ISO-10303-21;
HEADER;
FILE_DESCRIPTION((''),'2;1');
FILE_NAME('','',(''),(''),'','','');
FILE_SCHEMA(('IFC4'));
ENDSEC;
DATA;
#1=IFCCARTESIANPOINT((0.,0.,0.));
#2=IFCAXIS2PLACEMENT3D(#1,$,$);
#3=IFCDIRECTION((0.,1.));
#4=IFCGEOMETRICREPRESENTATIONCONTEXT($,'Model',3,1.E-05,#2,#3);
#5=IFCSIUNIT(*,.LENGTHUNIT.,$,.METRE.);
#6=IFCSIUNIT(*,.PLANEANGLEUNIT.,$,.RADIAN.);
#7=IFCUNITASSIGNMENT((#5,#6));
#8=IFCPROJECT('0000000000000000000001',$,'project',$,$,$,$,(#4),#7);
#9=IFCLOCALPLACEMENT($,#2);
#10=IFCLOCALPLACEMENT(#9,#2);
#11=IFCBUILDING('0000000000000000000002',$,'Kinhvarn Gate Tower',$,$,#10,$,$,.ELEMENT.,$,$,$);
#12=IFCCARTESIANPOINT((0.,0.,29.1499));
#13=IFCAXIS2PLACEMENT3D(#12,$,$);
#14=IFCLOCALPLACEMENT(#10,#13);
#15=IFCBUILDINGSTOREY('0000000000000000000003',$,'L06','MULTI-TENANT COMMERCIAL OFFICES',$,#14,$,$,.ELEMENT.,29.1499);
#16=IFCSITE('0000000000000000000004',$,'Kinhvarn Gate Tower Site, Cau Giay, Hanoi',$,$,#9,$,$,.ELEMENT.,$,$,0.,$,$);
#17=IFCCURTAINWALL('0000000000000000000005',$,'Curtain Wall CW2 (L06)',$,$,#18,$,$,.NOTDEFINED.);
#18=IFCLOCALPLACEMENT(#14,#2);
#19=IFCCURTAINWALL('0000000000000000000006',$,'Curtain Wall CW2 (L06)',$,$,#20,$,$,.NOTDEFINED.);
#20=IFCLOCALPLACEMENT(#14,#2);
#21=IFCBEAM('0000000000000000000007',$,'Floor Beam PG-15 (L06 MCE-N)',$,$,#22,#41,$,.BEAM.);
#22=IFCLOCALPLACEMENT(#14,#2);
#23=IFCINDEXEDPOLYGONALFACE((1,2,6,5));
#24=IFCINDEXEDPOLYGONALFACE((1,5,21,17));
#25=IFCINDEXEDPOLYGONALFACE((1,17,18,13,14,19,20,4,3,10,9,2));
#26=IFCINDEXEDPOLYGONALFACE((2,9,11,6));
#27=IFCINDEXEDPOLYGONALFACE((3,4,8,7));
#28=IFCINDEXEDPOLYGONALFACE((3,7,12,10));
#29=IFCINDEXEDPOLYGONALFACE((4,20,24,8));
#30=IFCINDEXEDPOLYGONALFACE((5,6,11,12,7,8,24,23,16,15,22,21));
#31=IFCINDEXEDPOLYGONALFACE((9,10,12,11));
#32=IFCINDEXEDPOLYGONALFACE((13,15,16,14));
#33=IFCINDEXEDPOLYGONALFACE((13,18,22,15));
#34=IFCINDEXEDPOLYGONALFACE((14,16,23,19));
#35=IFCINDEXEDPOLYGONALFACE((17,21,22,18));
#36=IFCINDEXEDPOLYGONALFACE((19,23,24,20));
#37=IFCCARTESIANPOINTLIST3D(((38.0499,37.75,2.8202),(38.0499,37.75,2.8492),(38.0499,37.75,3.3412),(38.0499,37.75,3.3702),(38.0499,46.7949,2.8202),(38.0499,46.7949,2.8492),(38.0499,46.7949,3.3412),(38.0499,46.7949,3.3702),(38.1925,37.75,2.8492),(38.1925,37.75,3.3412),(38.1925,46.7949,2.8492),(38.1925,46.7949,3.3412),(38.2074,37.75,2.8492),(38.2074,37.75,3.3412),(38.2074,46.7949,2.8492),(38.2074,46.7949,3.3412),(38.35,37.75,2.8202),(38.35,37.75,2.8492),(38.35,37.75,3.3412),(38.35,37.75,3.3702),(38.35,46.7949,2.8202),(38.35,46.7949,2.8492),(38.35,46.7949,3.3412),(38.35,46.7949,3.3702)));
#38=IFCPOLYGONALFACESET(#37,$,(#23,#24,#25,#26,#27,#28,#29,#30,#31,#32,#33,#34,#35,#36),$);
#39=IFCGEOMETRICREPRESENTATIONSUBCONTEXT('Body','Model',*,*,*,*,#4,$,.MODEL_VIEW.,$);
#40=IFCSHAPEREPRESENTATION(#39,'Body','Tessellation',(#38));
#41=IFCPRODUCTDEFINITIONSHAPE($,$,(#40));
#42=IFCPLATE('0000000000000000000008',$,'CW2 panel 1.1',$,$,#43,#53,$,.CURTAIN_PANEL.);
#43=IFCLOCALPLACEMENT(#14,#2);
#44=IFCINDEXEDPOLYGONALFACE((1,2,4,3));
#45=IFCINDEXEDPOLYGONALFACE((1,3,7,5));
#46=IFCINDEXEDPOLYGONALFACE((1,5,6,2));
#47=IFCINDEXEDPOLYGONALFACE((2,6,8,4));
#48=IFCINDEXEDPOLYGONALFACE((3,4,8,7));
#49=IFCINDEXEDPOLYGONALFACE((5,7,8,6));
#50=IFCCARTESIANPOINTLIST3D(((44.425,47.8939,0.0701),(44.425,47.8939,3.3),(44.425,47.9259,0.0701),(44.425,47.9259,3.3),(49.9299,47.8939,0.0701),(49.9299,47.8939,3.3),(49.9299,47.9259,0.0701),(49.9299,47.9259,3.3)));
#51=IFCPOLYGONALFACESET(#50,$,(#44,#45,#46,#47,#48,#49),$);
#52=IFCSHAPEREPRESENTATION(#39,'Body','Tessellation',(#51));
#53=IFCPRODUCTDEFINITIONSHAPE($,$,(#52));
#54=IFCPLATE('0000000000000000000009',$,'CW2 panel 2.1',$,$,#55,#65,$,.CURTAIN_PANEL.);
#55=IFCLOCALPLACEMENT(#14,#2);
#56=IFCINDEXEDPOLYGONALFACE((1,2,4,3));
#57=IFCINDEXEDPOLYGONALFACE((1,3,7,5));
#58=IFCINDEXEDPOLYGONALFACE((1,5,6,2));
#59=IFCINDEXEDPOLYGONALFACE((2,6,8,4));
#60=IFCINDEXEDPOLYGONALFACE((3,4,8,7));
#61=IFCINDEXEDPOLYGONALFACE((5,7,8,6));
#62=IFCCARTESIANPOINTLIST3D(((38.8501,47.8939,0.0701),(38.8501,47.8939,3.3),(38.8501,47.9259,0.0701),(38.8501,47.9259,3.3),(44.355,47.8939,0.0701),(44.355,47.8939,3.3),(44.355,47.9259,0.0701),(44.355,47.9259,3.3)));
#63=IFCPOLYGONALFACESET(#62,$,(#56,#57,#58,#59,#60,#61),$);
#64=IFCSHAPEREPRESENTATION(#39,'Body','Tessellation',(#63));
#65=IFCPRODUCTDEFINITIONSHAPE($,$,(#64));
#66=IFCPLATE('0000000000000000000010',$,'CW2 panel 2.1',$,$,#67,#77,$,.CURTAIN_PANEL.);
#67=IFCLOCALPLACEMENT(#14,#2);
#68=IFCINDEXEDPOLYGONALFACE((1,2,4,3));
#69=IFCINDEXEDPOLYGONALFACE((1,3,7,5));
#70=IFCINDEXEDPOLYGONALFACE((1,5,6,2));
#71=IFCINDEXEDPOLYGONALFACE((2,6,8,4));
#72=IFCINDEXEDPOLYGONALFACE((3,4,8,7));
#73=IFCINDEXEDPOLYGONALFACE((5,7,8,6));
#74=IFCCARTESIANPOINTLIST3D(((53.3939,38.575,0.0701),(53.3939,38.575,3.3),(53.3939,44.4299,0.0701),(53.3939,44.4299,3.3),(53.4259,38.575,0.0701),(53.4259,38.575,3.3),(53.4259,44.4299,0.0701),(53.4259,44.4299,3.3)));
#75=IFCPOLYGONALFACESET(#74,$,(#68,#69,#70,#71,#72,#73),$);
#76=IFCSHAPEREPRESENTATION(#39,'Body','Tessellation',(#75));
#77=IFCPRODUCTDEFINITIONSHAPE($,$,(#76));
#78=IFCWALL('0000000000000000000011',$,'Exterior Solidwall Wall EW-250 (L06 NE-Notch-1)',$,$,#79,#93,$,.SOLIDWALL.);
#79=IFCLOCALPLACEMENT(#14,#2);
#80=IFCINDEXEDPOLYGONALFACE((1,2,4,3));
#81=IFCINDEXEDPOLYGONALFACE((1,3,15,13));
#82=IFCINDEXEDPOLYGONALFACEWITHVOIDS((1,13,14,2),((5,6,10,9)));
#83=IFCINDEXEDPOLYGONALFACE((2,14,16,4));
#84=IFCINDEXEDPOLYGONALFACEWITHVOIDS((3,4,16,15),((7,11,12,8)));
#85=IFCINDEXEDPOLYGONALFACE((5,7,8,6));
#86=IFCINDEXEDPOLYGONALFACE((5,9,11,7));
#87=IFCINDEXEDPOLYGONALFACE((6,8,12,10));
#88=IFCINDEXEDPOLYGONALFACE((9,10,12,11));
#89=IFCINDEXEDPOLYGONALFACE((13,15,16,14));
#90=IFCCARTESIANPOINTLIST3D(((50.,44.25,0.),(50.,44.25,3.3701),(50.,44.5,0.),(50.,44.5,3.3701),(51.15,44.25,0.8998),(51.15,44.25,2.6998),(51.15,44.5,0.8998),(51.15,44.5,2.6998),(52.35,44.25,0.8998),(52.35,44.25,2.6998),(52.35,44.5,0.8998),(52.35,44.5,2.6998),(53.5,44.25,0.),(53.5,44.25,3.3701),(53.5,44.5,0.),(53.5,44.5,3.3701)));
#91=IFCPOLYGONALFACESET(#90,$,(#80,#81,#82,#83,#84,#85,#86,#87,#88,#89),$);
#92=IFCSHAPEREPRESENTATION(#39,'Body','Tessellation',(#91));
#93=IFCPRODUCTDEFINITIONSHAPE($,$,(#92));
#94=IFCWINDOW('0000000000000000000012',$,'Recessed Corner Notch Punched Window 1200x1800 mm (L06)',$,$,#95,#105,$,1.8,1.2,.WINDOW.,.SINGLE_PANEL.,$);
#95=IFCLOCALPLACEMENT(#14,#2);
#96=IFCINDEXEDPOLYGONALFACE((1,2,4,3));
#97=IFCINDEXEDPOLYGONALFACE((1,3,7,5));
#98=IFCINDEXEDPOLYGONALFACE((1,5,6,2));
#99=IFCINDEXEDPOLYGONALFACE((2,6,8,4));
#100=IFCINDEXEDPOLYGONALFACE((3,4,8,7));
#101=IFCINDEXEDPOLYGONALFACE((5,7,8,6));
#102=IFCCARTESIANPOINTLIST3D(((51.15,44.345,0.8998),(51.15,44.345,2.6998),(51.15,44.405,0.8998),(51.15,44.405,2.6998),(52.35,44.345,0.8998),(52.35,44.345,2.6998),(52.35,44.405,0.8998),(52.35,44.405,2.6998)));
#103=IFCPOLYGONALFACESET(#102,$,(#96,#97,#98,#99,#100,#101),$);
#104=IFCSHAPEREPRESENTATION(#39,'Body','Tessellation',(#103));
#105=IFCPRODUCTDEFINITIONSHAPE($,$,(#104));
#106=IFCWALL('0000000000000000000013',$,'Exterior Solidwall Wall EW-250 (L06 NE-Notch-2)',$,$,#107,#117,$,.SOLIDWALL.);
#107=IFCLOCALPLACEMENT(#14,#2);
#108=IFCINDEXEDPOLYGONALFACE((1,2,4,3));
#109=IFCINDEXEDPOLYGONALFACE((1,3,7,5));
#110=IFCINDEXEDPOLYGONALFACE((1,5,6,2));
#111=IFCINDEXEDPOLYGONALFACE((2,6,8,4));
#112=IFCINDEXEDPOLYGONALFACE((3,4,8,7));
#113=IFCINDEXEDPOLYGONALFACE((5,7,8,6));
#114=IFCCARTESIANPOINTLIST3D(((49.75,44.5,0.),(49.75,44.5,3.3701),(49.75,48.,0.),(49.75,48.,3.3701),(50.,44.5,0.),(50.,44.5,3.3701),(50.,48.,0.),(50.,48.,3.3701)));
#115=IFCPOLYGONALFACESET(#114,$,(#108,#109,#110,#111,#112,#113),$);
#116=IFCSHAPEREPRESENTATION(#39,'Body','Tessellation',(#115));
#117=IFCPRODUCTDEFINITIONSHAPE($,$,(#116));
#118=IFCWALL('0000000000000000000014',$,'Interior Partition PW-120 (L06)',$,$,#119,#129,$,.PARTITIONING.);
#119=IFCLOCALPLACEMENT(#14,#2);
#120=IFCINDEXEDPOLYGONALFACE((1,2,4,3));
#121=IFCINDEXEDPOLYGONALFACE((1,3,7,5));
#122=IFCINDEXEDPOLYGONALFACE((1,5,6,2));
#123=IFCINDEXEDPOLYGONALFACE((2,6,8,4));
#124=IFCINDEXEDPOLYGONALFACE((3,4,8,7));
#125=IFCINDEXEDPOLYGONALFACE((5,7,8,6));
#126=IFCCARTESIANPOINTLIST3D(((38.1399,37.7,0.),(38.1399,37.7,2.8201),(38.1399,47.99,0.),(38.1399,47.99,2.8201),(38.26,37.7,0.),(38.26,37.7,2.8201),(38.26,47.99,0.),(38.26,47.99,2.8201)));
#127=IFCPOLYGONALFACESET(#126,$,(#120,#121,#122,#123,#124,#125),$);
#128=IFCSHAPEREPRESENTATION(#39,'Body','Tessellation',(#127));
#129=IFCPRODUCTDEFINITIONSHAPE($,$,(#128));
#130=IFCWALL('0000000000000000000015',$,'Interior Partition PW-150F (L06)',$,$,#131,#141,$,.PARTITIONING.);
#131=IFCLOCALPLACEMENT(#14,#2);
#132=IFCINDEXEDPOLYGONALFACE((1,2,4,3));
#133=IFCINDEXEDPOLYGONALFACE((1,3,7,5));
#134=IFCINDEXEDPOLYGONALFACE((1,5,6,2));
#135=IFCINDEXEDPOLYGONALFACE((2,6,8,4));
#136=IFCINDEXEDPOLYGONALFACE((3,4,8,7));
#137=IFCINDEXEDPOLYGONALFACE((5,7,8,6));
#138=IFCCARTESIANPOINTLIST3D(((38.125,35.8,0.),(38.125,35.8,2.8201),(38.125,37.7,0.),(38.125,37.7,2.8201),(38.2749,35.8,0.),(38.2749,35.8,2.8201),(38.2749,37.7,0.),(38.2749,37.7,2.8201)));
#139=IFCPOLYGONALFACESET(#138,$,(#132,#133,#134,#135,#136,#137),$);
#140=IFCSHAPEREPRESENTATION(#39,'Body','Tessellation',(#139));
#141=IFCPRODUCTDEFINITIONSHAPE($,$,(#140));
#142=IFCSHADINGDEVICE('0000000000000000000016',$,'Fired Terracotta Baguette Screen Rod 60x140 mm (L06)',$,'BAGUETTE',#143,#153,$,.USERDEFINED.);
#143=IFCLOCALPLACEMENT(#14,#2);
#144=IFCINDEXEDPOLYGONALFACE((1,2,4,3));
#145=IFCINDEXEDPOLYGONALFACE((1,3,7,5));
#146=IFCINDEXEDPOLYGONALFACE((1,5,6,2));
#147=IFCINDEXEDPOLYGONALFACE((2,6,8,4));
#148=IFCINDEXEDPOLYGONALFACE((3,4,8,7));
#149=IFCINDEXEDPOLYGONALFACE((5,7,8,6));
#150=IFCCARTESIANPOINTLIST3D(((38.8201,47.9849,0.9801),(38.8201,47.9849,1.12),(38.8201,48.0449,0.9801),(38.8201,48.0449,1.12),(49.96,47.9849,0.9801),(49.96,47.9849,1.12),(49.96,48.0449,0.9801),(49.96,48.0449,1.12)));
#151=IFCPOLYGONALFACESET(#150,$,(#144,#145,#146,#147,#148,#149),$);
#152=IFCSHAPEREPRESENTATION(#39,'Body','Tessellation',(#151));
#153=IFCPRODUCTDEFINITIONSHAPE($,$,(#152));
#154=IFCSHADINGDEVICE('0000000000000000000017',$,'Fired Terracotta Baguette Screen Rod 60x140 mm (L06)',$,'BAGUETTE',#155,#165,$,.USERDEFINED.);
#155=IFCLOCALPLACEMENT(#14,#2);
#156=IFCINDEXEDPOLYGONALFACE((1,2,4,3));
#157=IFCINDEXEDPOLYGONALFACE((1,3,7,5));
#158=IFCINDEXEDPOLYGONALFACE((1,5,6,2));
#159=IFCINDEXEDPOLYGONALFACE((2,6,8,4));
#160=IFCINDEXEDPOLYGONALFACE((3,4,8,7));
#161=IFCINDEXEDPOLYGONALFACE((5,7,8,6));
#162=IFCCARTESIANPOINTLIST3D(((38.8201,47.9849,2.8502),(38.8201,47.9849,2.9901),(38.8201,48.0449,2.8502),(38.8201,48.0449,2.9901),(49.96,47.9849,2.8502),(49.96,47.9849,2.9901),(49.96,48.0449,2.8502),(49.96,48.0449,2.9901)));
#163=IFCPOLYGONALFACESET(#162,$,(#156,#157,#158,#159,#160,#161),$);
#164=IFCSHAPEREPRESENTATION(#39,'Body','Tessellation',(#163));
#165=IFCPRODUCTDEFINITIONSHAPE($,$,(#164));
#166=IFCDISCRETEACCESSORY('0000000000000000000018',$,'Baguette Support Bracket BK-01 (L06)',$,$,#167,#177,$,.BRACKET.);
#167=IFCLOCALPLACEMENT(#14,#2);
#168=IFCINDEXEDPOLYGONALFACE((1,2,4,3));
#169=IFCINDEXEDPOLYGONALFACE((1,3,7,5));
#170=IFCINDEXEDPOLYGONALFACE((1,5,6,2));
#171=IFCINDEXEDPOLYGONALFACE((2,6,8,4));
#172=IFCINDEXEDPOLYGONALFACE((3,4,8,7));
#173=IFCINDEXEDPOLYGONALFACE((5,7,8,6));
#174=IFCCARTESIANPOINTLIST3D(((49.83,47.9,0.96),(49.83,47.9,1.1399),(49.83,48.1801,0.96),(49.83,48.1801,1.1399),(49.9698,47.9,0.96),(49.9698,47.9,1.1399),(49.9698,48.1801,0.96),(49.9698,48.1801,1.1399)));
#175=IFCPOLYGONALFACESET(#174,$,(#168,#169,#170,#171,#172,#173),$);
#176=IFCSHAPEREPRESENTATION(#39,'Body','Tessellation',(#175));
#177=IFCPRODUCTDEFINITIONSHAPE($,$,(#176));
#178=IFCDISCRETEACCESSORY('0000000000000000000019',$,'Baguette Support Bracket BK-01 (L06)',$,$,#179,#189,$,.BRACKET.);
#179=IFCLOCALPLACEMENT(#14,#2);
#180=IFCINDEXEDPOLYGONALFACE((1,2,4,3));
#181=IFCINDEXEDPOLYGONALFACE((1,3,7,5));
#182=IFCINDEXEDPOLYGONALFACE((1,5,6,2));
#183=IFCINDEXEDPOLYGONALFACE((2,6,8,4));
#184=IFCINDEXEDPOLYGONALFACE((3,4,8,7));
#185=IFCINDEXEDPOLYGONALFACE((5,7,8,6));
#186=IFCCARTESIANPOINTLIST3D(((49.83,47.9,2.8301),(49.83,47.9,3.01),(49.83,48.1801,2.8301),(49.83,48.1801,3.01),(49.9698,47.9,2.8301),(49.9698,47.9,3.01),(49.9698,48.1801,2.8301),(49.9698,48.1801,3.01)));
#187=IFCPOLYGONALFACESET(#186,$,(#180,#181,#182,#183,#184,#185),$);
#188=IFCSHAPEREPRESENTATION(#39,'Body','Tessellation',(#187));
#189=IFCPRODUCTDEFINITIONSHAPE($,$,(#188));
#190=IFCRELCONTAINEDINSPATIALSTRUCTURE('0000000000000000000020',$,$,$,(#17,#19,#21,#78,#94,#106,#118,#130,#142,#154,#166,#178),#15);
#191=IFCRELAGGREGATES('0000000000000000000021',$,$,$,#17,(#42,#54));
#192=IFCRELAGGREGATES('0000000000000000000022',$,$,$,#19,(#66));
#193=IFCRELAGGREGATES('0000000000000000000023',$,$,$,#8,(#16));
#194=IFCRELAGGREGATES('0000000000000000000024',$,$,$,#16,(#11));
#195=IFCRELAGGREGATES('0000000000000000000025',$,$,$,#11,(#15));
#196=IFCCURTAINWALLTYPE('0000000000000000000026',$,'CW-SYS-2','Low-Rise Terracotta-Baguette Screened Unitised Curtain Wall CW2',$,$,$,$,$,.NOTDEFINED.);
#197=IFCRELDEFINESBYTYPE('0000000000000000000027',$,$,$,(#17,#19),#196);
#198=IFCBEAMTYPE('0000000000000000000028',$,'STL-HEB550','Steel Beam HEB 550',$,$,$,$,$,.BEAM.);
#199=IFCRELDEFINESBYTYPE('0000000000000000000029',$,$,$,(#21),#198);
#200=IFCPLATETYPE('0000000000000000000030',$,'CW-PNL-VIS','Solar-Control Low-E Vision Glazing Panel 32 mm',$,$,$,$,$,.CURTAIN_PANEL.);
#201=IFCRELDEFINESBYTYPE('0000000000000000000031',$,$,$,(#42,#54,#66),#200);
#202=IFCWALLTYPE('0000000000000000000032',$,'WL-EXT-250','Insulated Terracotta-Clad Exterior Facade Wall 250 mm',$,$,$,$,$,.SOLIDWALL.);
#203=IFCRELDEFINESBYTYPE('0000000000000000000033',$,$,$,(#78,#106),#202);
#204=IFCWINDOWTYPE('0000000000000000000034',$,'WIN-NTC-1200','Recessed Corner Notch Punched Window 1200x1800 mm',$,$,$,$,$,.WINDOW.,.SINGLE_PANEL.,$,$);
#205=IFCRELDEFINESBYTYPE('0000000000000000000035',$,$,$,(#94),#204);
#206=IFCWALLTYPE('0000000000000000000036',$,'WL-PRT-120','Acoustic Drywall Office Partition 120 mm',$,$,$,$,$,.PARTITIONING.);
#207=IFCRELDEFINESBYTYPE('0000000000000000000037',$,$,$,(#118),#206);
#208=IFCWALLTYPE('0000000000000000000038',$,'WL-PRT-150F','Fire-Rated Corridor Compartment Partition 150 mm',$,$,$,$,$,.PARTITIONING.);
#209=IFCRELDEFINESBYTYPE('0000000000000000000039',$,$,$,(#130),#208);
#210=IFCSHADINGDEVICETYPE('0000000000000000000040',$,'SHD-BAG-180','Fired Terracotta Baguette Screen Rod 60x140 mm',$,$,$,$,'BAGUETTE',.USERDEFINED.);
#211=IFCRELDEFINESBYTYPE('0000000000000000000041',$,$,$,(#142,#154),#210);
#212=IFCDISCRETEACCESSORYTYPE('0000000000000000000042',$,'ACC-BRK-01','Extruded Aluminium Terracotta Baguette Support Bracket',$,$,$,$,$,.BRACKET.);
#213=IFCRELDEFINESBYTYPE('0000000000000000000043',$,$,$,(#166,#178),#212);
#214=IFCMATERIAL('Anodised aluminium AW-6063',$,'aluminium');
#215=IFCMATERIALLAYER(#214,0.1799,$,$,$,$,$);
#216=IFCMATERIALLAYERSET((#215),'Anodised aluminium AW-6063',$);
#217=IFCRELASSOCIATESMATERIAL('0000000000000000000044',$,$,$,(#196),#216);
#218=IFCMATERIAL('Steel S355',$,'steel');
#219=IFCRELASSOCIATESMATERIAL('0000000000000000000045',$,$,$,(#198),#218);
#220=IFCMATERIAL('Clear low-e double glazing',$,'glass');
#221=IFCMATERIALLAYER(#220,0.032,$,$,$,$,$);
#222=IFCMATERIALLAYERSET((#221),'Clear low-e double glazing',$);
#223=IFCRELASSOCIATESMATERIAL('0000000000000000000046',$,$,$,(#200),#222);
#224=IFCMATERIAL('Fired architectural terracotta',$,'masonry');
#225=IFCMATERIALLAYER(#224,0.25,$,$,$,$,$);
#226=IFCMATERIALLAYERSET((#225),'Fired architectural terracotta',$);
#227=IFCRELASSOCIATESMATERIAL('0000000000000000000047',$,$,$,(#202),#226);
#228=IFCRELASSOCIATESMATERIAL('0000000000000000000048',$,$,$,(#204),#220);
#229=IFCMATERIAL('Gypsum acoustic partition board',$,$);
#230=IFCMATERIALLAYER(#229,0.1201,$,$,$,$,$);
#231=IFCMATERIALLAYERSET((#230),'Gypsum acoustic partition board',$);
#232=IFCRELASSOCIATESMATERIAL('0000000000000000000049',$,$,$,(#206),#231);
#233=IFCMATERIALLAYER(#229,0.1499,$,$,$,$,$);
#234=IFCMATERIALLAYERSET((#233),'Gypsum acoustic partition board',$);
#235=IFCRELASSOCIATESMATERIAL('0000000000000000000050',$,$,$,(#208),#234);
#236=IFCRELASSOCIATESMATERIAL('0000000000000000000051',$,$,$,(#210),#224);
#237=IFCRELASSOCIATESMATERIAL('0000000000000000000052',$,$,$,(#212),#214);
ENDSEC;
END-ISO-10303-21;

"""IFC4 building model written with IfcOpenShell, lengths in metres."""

from ifc_helpers import new_model, si_unit, direction, frame, frame_2d, origin, origin_2d, place, context, subcontext, project, spatial, rectangle, i_section, extrude, material, layer, layer_set, material_profile, profile_set, type_object, element, fill, aggregate, save


model = new_model("IFC4")

# Units and contexts
model_context = context("Model", 3, precision=1e-05, world=origin(), true_north=direction((0.0, 1.0)))
body_context = subcontext(model_context, "Body", "Model", "MODEL_VIEW")
ifc_project = project(units=[si_unit("LENGTHUNIT", "METRE"), si_unit("PLANEANGLEUNIT", "RADIAN")], contexts=[model_context])

# Site, building, storey
site_placement = place(None, origin())
site = spatial("IfcSite", under=ifc_project, at=site_placement, Name="Kinhvarn Gate Tower Site, Cau Giay, Hanoi", CompositionType="ELEMENT", RefElevation=0.0)
building_placement = place(site_placement, origin())
building = spatial("IfcBuilding", under=site, at=building_placement, Name="Kinhvarn Gate Tower", CompositionType="ELEMENT")
storey_placement = place(building_placement, frame((0.0, 0.0, 29.1499)))
storey = spatial("IfcBuildingStorey", under=building, at=storey_placement, Name="L06", Description="MULTI-TENANT COMMERCIAL OFFICES", CompositionType="ELEMENT", Elevation=29.1499)

# Curtain wall
ifc_material_1 = material(Name="Anodised aluminium AW-6063", Category="aluminium")
ifc_layer_1 = layer(ifc_material_1, 0.1799)
ifc_layer_set_1 = layer_set([ifc_layer_1], Name="Anodised aluminium AW-6063")
curtain_wall_type = type_object("IfcCurtainWallType", Name="CW-SYS-2", Description="Low-Rise Terracotta-Baguette Screened Unitised Curtain Wall CW2", PredefinedType="NOTDEFINED", material=ifc_layer_set_1)
curtain_wall_1_placement = place(storey_placement, origin())
curtain_wall_1 = element("IfcCurtainWall", 1, at=curtain_wall_1_placement, inside=storey, type_object=curtain_wall_type, Name="Curtain Wall CW2 (L06)", PredefinedType="NOTDEFINED")

# Curtain wall
curtain_wall_2_placement = place(storey_placement, origin())
curtain_wall_2 = element("IfcCurtainWall", 2, at=curtain_wall_2_placement, inside=storey, type_object=curtain_wall_type, Name="Curtain Wall CW2 (L06)", PredefinedType="NOTDEFINED")

# Beam
ifc_material_2 = material(Name="Steel S355", Category="steel")
ifc_material_profile_1 = material_profile(ifc_material_2, i_section(OverallWidth=0.3, OverallDepth=0.55, WebThickness=0.0149, FlangeThickness=0.0291, at=origin_2d()), Name="HEB 550")
ifc_profile_set_1 = profile_set([ifc_material_profile_1], Name="Steel S355")
beam_type = type_object("IfcBeamType", Name="STL-HEB550", Description="Steel Beam HEB 550", PredefinedType="BEAM", material=ifc_profile_set_1)
beam_placement = place(storey_placement, frame((38.2, 37.75, 3.0952), z_axis=(0.0, 1.0, 0.0), x_axis=(-1.0, 0.0, 0.0)))
element("IfcBeam", 3, at=beam_placement, inside=storey, type_object=beam_type, Name="Floor Beam PG-15 (L06 MCE-N)", PredefinedType="BEAM", context=body_context, shape_type="SweptSolid", body=[
    extrude(i_section(OverallWidth=0.3, OverallDepth=0.55, WebThickness=0.0149, FlangeThickness=0.0291, at=origin_2d()), origin(), (0.0, 0.0, 1.0), 9.0449),
])

# Plates
ifc_material_3 = material(Name="Clear low-e double glazing", Category="glass")
ifc_layer_2 = layer(ifc_material_3, 0.032)
ifc_layer_set_2 = layer_set([ifc_layer_2], Name="Clear low-e double glazing")
plate_type = type_object("IfcPlateType", Name="CW-PNL-VIS", Description="Solar-Control Low-E Vision Glazing Panel 32 mm", PredefinedType="CURTAIN_PANEL", material=ifc_layer_set_2)
plate_1_placement = place(storey_placement, frame((47.1775, 47.9099, 0.0701), z_axis=(0.0, 0.0, 1.0), x_axis=(-1.0, 0.0, 0.0)))
plate_1 = element("IfcPlate", 4, at=plate_1_placement, type_object=plate_type, Name="CW2 panel 1.1", PredefinedType="CURTAIN_PANEL", context=body_context, shape_type="SweptSolid", body=[
    extrude(rectangle(XDim=5.5049, YDim=0.032, at=origin_2d()), origin(), (0.0, 0.0, 1.0), 3.23),
])
plate_2_placement = place(storey_placement, frame((41.6025, 47.9099, 0.0701), z_axis=(0.0, 0.0, 1.0), x_axis=(-1.0, 0.0, 0.0)))
plate_2 = element("IfcPlate", 5, at=plate_2_placement, type_object=plate_type, Name="CW2 panel 2.1", PredefinedType="CURTAIN_PANEL", context=body_context, shape_type="SweptSolid", body=[
    extrude(rectangle(XDim=5.5049, YDim=0.032, at=origin_2d()), origin(), (0.0, 0.0, 1.0), 3.23),
])
aggregate(curtain_wall_1, [plate_1, plate_2])
plate_3_placement = place(storey_placement, frame((53.4099, 41.5024, 0.0701), z_axis=(0.0, 0.0, 1.0), x_axis=(0.0, 1.0, 0.0)))
plate_3 = element("IfcPlate", 6, at=plate_3_placement, type_object=plate_type, Name="CW2 panel 2.1", PredefinedType="CURTAIN_PANEL", context=body_context, shape_type="SweptSolid", body=[
    extrude(rectangle(XDim=5.855, YDim=0.032, at=origin_2d()), origin(), (0.0, 0.0, 1.0), 3.23),
])
aggregate(curtain_wall_2, [plate_3])

# Wall, opening, window
ifc_material_4 = material(Name="Fired architectural terracotta", Category="masonry")
ifc_layer_3 = layer(ifc_material_4, 0.25)
ifc_layer_set_3 = layer_set([ifc_layer_3], Name="Fired architectural terracotta")
wall_type_1 = type_object("IfcWallType", Name="WL-EXT-250", Description="Insulated Terracotta-Clad Exterior Facade Wall 250 mm", PredefinedType="SOLIDWALL", material=ifc_layer_set_3)
wall_1_placement = place(storey_placement, frame((53.5, 44.375, 0.0), z_axis=(0.0, 0.0, 1.0), x_axis=(-1.0, 0.0, 0.0)))
wall_1 = element("IfcWall", 7, at=wall_1_placement, inside=storey, type_object=wall_type_1, Name="Exterior Solidwall Wall EW-250 (L06 NE-Notch-1)", PredefinedType="SOLIDWALL", context=body_context, shape_type="SweptSolid", body=[
    extrude(rectangle(XDim=3.5, YDim=0.25, at=frame_2d((1.75, 0.0))), origin(), (0.0, 0.0, 1.0), 3.3701),
])
opening_placement = place(wall_1_placement, frame((1.1499, 0.0, 0.8999)))
opening = element("IfcOpeningElement", 8, at=opening_placement, cuts=wall_1, PredefinedType="OPENING", context=body_context, shape_type="SweptSolid", body=[
    extrude(rectangle(XDim=1.2, YDim=1.8, at=frame_2d((0.6001, 0.8999))), frame((0.0, 0.135, 0.0), z_axis=(0.0, -1.0, 0.0), x_axis=(1.0, 0.0, 0.0)), (0.0, 0.0, 1.0), 0.27),
])
window_type = type_object("IfcWindowType", Name="WIN-NTC-1200", Description="Recessed Corner Notch Punched Window 1200x1800 mm", PartitioningType="SINGLE_PANEL", PredefinedType="WINDOW", material=ifc_material_3)
window_placement = place(opening_placement, origin())
window = element("IfcWindow", 9, at=window_placement, inside=storey, type_object=window_type, Name="Recessed Corner Notch Punched Window 1200x1800 mm (L06)", OverallHeight=1.8, OverallWidth=1.2, PartitioningType="SINGLE_PANEL", PredefinedType="WINDOW", context=body_context, shape_type="SweptSolid", body=[
    extrude(rectangle(XDim=1.2, YDim=1.8, at=frame_2d((0.6001, 0.8999))), frame((0.0, 0.03, 0.0), z_axis=(0.0, -1.0, 0.0), x_axis=(1.0, 0.0, 0.0)), (0.0, 0.0, 1.0), 0.0601),
])
fill(opening, window)

# Walls
wall_2_placement = place(storey_placement, frame((49.875, 44.5, 0.0), z_axis=(0.0, 0.0, 1.0), x_axis=(0.0, 1.0, 0.0)))
element("IfcWall", 10, at=wall_2_placement, inside=storey, type_object=wall_type_1, Name="Exterior Solidwall Wall EW-250 (L06 NE-Notch-2)", PredefinedType="SOLIDWALL", context=body_context, shape_type="SweptSolid", body=[
    extrude(rectangle(XDim=3.5, YDim=0.25, at=frame_2d((1.75, 0.0))), origin(), (0.0, 0.0, 1.0), 3.3701),
])
ifc_material_5 = material(Name="Gypsum acoustic partition board")
ifc_layer_4 = layer(ifc_material_5, 0.1201)
ifc_layer_set_4 = layer_set([ifc_layer_4], Name="Gypsum acoustic partition board")
wall_type_2 = type_object("IfcWallType", Name="WL-PRT-120", Description="Acoustic Drywall Office Partition 120 mm", PredefinedType="PARTITIONING", material=ifc_layer_set_4)
wall_3_placement = place(storey_placement, frame((38.2, 37.7, 0.0), z_axis=(0.0, 0.0, 1.0), x_axis=(0.0, 1.0, 0.0)))
element("IfcWall", 11, at=wall_3_placement, inside=storey, type_object=wall_type_2, Name="Interior Partition PW-120 (L06)", PredefinedType="PARTITIONING", context=body_context, shape_type="SweptSolid", body=[
    extrude(rectangle(XDim=10.29, YDim=0.1201, at=frame_2d((5.145, 0.0))), origin(), (0.0, 0.0, 1.0), 2.8201),
])
ifc_layer_5 = layer(ifc_material_5, 0.1499)
ifc_layer_set_5 = layer_set([ifc_layer_5], Name="Gypsum acoustic partition board")
wall_type_3 = type_object("IfcWallType", Name="WL-PRT-150F", Description="Fire-Rated Corridor Compartment Partition 150 mm", PredefinedType="PARTITIONING", material=ifc_layer_set_5)
wall_4_placement = place(storey_placement, frame((38.2, 35.8, 0.0), z_axis=(0.0, 0.0, 1.0), x_axis=(0.0, 1.0, 0.0)))
element("IfcWall", 12, at=wall_4_placement, inside=storey, type_object=wall_type_3, Name="Interior Partition PW-150F (L06)", PredefinedType="PARTITIONING", context=body_context, shape_type="SweptSolid", body=[
    extrude(rectangle(XDim=1.8999, YDim=0.1499, at=frame_2d((0.95, 0.0))), origin(), (0.0, 0.0, 1.0), 2.8201),
])

# Shading devices
ifc_material_profile_2 = material_profile(ifc_material_4, rectangle(XDim=0.0601, YDim=0.1399, at=origin_2d()), Name="TC 60x140")
ifc_profile_set_2 = profile_set([ifc_material_profile_2], Name="Fired architectural terracotta")
shading_device_type = type_object("IfcShadingDeviceType", Name="SHD-BAG-180", Description="Fired Terracotta Baguette Screen Rod 60x140 mm", ElementType="BAGUETTE", PredefinedType="USERDEFINED", material=ifc_profile_set_2)
for number, where, z_axis, x_axis, name in (
    (13, (49.96, 48.0149, 1.05), (-1.0, 0.0, 0.0), (0.0, -1.0, 0.0), "Fired Terracotta Baguette Screen Rod 60x140 mm (L06)"),
    (14, (49.96, 48.0149, 2.9202), (-1.0, 0.0, 0.0), (0.0, -1.0, 0.0), "Fired Terracotta Baguette Screen Rod 60x140 mm (L06)"),
):
    element("IfcShadingDevice", number, at=place(storey_placement, frame(where, z_axis=z_axis, x_axis=x_axis)), inside=storey, type_object=shading_device_type, Name=name, ObjectType="BAGUETTE", PredefinedType="USERDEFINED", context=body_context, shape_type="SweptSolid", body=[
        extrude(rectangle(XDim=0.0601, YDim=0.1399, at=origin_2d()), origin(), (0.0, 0.0, 1.0), 11.1399),
    ])

# Discrete accessories
discrete_accessory_type = type_object("IfcDiscreteAccessoryType", Name="ACC-BRK-01", Description="Extruded Aluminium Terracotta Baguette Support Bracket", PredefinedType="BRACKET", material=ifc_material_1)
for number, where, z_axis, x_axis, name in (
    (15, (49.8999, 48.04, 0.96), (0.0, 0.0, 1.0), (-1.0, 0.0, 0.0), "Baguette Support Bracket BK-01 (L06)"),
    (16, (49.8999, 48.04, 2.8301), (0.0, 0.0, 1.0), (-1.0, 0.0, 0.0), "Baguette Support Bracket BK-01 (L06)"),
):
    element("IfcDiscreteAccessory", number, at=place(storey_placement, frame(where, z_axis=z_axis, x_axis=x_axis)), inside=storey, type_object=discrete_accessory_type, Name=name, PredefinedType="BRACKET", context=body_context, shape_type="SweptSolid", body=[
        extrude(rectangle(XDim=0.1399, YDim=0.28, at=origin_2d()), origin(), (0.0, 0.0, 1.0), 0.1799),
    ])

save(model, "model.ifc")
